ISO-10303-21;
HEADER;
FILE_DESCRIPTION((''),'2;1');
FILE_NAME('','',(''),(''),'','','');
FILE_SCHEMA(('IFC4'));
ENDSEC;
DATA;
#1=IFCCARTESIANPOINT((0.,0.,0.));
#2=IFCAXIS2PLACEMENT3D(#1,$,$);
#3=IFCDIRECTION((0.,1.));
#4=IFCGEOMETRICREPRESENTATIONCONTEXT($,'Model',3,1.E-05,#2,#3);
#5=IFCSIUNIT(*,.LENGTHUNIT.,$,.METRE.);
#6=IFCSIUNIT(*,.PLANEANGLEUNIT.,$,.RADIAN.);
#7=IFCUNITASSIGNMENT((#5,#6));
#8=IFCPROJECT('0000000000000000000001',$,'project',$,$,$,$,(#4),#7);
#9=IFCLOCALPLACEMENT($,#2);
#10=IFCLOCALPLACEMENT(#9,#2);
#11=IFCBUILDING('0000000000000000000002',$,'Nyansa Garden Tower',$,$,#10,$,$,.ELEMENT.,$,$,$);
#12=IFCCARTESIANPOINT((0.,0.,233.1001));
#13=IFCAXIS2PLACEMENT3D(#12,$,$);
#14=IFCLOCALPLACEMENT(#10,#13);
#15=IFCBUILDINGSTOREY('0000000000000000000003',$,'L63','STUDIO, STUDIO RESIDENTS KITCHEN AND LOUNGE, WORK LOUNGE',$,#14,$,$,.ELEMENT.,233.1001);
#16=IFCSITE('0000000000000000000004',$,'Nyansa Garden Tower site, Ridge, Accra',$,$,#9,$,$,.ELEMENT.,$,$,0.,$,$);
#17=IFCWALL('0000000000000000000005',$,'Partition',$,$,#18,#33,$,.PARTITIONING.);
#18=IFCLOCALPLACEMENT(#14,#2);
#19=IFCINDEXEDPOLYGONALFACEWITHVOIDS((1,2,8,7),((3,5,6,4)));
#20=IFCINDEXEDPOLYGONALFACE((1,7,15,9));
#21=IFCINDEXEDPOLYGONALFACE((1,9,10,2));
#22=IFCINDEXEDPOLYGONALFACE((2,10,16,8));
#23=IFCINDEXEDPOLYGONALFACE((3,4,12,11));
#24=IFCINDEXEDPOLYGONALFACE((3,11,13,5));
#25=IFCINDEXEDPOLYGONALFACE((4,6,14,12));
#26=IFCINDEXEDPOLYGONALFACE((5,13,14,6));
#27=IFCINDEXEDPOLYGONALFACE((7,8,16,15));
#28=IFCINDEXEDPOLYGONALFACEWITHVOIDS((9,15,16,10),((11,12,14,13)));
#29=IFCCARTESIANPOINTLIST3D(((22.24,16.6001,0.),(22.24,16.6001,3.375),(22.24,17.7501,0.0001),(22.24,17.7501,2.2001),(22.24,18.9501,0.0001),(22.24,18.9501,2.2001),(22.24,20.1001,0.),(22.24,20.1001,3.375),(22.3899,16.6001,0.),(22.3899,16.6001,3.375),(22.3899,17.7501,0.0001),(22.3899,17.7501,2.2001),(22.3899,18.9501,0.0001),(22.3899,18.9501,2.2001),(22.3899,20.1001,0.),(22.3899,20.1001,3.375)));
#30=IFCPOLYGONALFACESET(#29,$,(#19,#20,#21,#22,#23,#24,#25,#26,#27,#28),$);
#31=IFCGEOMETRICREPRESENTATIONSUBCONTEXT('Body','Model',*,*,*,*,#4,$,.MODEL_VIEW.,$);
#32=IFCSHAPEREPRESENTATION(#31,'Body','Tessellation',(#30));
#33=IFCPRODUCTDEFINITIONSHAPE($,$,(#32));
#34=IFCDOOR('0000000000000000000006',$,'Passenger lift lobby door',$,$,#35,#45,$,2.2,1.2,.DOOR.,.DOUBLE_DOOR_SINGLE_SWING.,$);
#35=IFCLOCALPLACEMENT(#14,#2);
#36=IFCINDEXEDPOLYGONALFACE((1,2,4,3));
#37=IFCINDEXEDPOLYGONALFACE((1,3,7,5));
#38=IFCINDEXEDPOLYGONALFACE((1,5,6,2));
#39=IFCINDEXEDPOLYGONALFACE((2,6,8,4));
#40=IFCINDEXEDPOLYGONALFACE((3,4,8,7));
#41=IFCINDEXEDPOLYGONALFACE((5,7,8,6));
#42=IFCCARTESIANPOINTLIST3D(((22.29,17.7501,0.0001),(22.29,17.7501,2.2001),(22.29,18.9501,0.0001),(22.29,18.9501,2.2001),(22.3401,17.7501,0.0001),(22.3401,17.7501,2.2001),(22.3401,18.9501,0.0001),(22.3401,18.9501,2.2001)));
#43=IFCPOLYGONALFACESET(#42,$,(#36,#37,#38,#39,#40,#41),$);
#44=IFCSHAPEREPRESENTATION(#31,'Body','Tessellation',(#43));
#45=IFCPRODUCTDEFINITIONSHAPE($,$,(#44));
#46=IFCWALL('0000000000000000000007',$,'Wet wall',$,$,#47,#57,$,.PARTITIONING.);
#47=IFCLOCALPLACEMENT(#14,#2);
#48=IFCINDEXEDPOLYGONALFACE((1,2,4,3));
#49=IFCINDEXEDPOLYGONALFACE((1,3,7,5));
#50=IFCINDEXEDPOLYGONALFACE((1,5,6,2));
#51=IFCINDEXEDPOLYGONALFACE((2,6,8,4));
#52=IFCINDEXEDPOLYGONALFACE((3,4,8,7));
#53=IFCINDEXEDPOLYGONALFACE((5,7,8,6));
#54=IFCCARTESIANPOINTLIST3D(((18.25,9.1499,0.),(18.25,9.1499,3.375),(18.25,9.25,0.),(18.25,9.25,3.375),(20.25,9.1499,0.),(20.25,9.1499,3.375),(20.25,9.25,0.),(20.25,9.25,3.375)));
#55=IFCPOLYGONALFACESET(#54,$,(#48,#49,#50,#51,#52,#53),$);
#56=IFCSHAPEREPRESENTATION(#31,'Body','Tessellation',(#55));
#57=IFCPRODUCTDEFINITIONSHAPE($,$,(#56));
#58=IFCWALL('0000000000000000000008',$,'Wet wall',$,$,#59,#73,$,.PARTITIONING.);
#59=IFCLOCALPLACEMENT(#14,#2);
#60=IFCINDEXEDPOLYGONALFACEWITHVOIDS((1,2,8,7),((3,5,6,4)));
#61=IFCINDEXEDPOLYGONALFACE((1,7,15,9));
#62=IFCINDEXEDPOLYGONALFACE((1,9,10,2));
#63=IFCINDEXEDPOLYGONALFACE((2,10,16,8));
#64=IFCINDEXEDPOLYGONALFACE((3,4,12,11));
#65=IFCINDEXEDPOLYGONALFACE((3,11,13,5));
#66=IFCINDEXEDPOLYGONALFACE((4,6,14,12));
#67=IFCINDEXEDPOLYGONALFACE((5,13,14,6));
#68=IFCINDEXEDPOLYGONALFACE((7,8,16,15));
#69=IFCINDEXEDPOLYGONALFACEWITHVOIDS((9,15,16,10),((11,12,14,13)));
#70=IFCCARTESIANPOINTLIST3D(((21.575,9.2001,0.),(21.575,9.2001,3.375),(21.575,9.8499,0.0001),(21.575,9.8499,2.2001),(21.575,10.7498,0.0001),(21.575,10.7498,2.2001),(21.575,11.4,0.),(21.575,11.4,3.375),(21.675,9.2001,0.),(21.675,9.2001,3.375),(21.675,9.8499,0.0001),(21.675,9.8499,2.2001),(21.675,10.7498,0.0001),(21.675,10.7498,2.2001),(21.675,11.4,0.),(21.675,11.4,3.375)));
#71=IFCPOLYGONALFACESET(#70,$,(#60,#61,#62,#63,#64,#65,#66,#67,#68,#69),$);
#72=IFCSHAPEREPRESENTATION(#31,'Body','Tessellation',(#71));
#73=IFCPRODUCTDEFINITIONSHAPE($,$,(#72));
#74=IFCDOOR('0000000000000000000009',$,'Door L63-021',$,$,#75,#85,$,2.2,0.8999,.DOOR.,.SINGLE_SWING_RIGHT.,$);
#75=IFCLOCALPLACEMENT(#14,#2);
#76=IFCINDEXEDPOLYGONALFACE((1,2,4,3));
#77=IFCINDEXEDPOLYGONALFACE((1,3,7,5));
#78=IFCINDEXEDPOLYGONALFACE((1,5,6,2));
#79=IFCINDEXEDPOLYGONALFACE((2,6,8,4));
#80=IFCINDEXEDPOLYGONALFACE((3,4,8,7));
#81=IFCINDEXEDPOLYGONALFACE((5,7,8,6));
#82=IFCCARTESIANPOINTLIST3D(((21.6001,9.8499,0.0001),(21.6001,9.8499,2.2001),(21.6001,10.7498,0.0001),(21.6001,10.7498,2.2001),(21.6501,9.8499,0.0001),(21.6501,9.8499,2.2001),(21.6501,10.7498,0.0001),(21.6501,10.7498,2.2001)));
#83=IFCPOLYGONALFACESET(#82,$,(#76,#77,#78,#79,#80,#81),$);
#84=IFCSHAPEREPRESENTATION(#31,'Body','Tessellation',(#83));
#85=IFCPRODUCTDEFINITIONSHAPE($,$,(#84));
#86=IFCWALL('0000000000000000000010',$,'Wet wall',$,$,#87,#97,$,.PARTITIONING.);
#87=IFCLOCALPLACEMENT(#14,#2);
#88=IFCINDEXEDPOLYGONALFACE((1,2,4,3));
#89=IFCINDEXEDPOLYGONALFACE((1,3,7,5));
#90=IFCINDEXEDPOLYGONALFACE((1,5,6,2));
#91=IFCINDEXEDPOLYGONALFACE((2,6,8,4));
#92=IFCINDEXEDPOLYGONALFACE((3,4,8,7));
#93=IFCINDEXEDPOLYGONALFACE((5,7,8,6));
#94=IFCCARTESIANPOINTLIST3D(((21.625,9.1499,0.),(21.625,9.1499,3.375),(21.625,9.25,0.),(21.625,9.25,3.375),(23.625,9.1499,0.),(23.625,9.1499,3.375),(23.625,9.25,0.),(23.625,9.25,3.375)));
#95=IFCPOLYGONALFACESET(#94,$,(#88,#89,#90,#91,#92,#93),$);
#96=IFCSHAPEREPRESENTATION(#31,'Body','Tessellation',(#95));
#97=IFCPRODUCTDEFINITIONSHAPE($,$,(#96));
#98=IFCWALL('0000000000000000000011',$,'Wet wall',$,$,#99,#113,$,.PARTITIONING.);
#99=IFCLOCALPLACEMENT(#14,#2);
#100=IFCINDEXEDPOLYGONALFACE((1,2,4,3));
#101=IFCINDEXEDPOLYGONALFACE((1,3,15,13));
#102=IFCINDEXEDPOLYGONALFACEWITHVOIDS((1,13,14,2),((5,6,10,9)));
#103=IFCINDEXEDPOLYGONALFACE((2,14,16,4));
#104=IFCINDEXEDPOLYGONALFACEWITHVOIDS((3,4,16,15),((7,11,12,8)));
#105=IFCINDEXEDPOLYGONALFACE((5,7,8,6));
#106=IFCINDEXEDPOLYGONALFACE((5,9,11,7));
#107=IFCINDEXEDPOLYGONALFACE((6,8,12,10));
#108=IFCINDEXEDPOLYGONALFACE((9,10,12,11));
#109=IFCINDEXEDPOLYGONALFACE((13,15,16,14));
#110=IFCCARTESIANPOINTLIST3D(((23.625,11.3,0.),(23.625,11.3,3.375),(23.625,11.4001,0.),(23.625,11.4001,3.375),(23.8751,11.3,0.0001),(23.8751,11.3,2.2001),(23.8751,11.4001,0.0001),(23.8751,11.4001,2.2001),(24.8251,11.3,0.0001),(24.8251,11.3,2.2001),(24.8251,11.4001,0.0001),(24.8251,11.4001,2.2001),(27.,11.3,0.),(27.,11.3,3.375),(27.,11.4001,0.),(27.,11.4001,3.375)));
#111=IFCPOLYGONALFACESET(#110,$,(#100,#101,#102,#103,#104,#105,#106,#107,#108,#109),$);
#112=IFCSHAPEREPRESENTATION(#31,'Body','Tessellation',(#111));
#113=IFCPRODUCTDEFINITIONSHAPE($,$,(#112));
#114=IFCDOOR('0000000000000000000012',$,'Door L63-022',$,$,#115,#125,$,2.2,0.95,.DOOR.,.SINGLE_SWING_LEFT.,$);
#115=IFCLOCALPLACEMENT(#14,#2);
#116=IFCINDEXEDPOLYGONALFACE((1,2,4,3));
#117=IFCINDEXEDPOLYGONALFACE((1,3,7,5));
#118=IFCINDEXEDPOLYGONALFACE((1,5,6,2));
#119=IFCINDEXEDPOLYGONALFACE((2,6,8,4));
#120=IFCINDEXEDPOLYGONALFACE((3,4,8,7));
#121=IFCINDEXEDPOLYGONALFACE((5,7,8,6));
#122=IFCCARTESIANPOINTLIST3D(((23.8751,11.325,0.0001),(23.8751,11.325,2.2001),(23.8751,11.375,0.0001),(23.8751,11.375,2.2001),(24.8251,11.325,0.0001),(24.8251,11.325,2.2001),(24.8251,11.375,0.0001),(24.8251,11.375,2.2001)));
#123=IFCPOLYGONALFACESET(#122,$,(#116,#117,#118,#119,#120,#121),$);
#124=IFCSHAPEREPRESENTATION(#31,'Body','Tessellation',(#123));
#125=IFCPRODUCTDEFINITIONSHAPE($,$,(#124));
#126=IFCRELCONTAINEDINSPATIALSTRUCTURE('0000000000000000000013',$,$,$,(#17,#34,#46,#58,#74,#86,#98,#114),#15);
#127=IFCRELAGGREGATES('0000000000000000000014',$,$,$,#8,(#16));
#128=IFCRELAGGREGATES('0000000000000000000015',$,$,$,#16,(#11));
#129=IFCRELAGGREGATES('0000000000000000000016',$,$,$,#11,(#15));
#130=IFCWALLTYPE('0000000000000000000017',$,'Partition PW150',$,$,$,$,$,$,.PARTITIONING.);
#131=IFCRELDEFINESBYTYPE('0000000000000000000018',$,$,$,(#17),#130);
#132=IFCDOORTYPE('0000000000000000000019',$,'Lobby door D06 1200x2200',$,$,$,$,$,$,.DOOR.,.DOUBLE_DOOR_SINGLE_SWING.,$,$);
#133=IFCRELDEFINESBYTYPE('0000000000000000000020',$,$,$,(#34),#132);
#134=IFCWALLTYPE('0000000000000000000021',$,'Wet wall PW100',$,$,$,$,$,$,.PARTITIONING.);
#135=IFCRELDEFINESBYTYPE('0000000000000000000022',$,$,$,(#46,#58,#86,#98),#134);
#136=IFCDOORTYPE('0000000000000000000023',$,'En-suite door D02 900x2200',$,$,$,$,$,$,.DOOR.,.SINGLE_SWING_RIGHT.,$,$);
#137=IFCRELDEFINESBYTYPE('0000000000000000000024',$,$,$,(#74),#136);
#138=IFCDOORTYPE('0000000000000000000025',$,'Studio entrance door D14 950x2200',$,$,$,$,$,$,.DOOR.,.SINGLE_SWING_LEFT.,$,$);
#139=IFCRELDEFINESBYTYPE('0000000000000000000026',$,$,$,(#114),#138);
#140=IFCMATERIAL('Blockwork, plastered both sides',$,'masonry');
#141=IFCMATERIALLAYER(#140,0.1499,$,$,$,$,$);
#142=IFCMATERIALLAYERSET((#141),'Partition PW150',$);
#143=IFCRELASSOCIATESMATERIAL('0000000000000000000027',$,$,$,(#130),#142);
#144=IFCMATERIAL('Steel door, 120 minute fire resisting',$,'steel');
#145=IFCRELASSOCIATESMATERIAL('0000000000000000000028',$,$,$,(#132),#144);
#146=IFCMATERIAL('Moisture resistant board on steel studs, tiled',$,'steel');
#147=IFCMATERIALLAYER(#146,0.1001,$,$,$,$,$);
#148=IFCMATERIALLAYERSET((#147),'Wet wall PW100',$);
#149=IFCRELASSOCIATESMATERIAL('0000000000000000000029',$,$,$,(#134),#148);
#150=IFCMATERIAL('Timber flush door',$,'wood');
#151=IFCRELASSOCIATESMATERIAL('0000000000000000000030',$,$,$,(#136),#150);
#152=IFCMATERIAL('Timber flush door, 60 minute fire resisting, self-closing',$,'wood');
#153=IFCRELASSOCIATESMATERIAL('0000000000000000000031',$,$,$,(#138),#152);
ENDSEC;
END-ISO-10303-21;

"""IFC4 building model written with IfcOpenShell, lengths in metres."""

from ifc_helpers import new_model, si_unit, direction, frame, frame_2d, origin, place, context, subcontext, project, spatial, rectangle, extrude, material, layer, layer_set, type_object, element, fill, save


model = new_model("IFC4")

# Units and contexts
model_context = context("Model", 3, precision=1e-05, world=origin(), true_north=direction((0.0, 1.0)))
body_context = subcontext(model_context, "Body", "Model", "MODEL_VIEW")
ifc_project = project(units=[si_unit("LENGTHUNIT", "METRE"), si_unit("PLANEANGLEUNIT", "RADIAN")], contexts=[model_context])

# Site, building, storey
site_placement = place(None, origin())
site = spatial("IfcSite", under=ifc_project, at=site_placement, Name="Nyansa Garden Tower site, Ridge, Accra", CompositionType="ELEMENT", RefElevation=0.0)
building_placement = place(site_placement, origin())
building = spatial("IfcBuilding", under=site, at=building_placement, Name="Nyansa Garden Tower", CompositionType="ELEMENT")
storey_placement = place(building_placement, frame((0.0, 0.0, 233.1001)))
storey = spatial("IfcBuildingStorey", under=building, at=storey_placement, Name="L63", Description="STUDIO, STUDIO RESIDENTS KITCHEN AND LOUNGE, WORK LOUNGE", CompositionType="ELEMENT", Elevation=233.1001)

# Wall, opening, door
ifc_material_1 = material(Name="Blockwork, plastered both sides", Category="masonry")
ifc_layer_1 = layer(ifc_material_1, 0.1499)
ifc_layer_set_1 = layer_set([ifc_layer_1], Name="Partition PW150")
wall_type_1 = type_object("IfcWallType", Name="Partition PW150", PredefinedType="PARTITIONING", material=ifc_layer_set_1)
ifc_material_2 = material(Name="Steel door, 120 minute fire resisting", Category="steel")
door_type_1 = type_object("IfcDoorType", Name="Lobby door D06 1200x2200", OperationType="DOUBLE_DOOR_SINGLE_SWING", PredefinedType="DOOR", material=ifc_material_2)
wall_1_placement = place(storey_placement, frame((22.3149, 16.6001, 0.0), z_axis=(0.0, 0.0, 1.0), x_axis=(0.0, 1.0, 0.0)))
wall_1 = element("IfcWall", 1, at=wall_1_placement, inside=storey, type_object=wall_type_1, Name="Partition", PredefinedType="PARTITIONING", context=body_context, shape_type="SweptSolid", body=[
    extrude(rectangle(XDim=3.5, YDim=0.1499, at=frame_2d((1.75, 0.0))), origin(), (0.0, 0.0, 1.0), 3.375),
])
opening_1_placement = place(wall_1_placement, frame((1.1499, 0.0, 0.0)))
opening_1 = element("IfcOpeningElement", 2, at=opening_1_placement, cuts=wall_1, PredefinedType="OPENING", context=body_context, shape_type="SweptSolid", body=[
    extrude(rectangle(XDim=1.2, YDim=2.2, at=frame_2d((0.6001, 1.1001))), frame((0.0, 0.085, 0.0), z_axis=(0.0, -1.0, 0.0), x_axis=(1.0, 0.0, 0.0)), (0.0, 0.0, 1.0), 0.1699),
])
door_1_placement = place(opening_1_placement, origin())
door_1 = element("IfcDoor", 3, at=door_1_placement, inside=storey, type_object=door_type_1, Name="Passenger lift lobby door", OperationType="DOUBLE_DOOR_SINGLE_SWING", OverallHeight=2.2, OverallWidth=1.2, PredefinedType="DOOR", context=body_context, shape_type="SweptSolid", body=[
    extrude(rectangle(XDim=1.2, YDim=2.2, at=frame_2d((0.6001, 1.1001))), frame((0.0, 0.0249, 0.0), z_axis=(0.0, -1.0, 0.0), x_axis=(1.0, 0.0, 0.0)), (0.0, 0.0, 1.0), 0.05),
])
fill(opening_1, door_1)

# Wall
ifc_material_3 = material(Name="Moisture resistant board on steel studs, tiled", Category="steel")
ifc_layer_2 = layer(ifc_material_3, 0.1001)
ifc_layer_set_2 = layer_set([ifc_layer_2], Name="Wet wall PW100")
wall_type_2 = type_object("IfcWallType", Name="Wet wall PW100", PredefinedType="PARTITIONING", material=ifc_layer_set_2)
wall_2_placement = place(storey_placement, frame((18.25, 9.2, 0.0), z_axis=(0.0, 0.0, 1.0), x_axis=(1.0, 0.0, 0.0)))
element("IfcWall", 4, at=wall_2_placement, inside=storey, type_object=wall_type_2, Name="Wet wall", PredefinedType="PARTITIONING", context=body_context, shape_type="SweptSolid", body=[
    extrude(rectangle(XDim=2.0, YDim=0.1001, at=frame_2d((1.0, 0.0))), origin(), (0.0, 0.0, 1.0), 3.375),
])

# Wall, opening, door
wall_3_placement = place(storey_placement, frame((21.625, 9.2, 0.0), z_axis=(0.0, 0.0, 1.0), x_axis=(0.0, 1.0, 0.0)))
wall_3 = element("IfcWall", 5, at=wall_3_placement, inside=storey, type_object=wall_type_2, Name="Wet wall", PredefinedType="PARTITIONING", context=body_context, shape_type="SweptSolid", body=[
    extrude(rectangle(XDim=2.2, YDim=0.1001, at=frame_2d((1.1001, 0.0))), origin(), (0.0, 0.0, 1.0), 3.375),
])
opening_2_placement = place(wall_3_placement, frame((0.6499, 0.0, 0.0)))
opening_2 = element("IfcOpeningElement", 6, at=opening_2_placement, cuts=wall_3, PredefinedType="OPENING", context=body_context, shape_type="SweptSolid", body=[
    extrude(rectangle(XDim=0.8999, YDim=2.2, at=frame_2d((0.45, 1.1001))), frame((0.0, 0.0601, 0.0), z_axis=(0.0, -1.0, 0.0), x_axis=(1.0, 0.0, 0.0)), (0.0, 0.0, 1.0), 0.1201),
])
ifc_material_4 = material(Name="Timber flush door", Category="wood")
door_type_2 = type_object("IfcDoorType", Name="En-suite door D02 900x2200", OperationType="SINGLE_SWING_RIGHT", PredefinedType="DOOR", material=ifc_material_4)
door_2_placement = place(opening_2_placement, origin())
door_2 = element("IfcDoor", 7, at=door_2_placement, inside=storey, type_object=door_type_2, Name="Door L63-021", OperationType="SINGLE_SWING_RIGHT", OverallHeight=2.2, OverallWidth=0.8999, PredefinedType="DOOR", context=body_context, shape_type="SweptSolid", body=[
    extrude(rectangle(XDim=0.8999, YDim=2.2, at=frame_2d((0.45, 1.1001))), frame((0.0, 0.0249, 0.0), z_axis=(0.0, -1.0, 0.0), x_axis=(1.0, 0.0, 0.0)), (0.0, 0.0, 1.0), 0.05),
])
fill(opening_2, door_2)

# Wall
wall_4_placement = place(storey_placement, frame((21.625, 9.2, 0.0), z_axis=(0.0, 0.0, 1.0), x_axis=(1.0, 0.0, 0.0)))
element("IfcWall", 8, at=wall_4_placement, inside=storey, type_object=wall_type_2, Name="Wet wall", PredefinedType="PARTITIONING", context=body_context, shape_type="SweptSolid", body=[
    extrude(rectangle(XDim=2.0, YDim=0.1001, at=frame_2d((1.0, 0.0))), origin(), (0.0, 0.0, 1.0), 3.375),
])

# Wall, opening, door
wall_5_placement = place(storey_placement, frame((23.625, 11.3501, 0.0), z_axis=(0.0, 0.0, 1.0), x_axis=(1.0, 0.0, 0.0)))
wall_5 = element("IfcWall", 9, at=wall_5_placement, inside=storey, type_object=wall_type_2, Name="Wet wall", PredefinedType="PARTITIONING", context=body_context, shape_type="SweptSolid", body=[
    extrude(rectangle(XDim=3.375, YDim=0.1001, at=frame_2d((1.6875, 0.0))), origin(), (0.0, 0.0, 1.0), 3.375),
])
opening_3_placement = place(wall_5_placement, frame((0.25, 0.0, 0.0)))
opening_3 = element("IfcOpeningElement", 10, at=opening_3_placement, cuts=wall_5, PredefinedType="OPENING", context=body_context, shape_type="SweptSolid", body=[
    extrude(rectangle(XDim=0.95, YDim=2.2, at=frame_2d((0.4751, 1.1001))), frame((0.0, 0.0601, 0.0), z_axis=(0.0, -1.0, 0.0), x_axis=(1.0, 0.0, 0.0)), (0.0, 0.0, 1.0), 0.1201),
])
ifc_material_5 = material(Name="Timber flush door, 60 minute fire resisting, self-closing", Category="wood")
door_type_3 = type_object("IfcDoorType", Name="Studio entrance door D14 950x2200", OperationType="SINGLE_SWING_LEFT", PredefinedType="DOOR", material=ifc_material_5)
door_3_placement = place(opening_3_placement, origin())
door_3 = element("IfcDoor", 11, at=door_3_placement, inside=storey, type_object=door_type_3, Name="Door L63-022", OperationType="SINGLE_SWING_LEFT", OverallHeight=2.2, OverallWidth=0.95, PredefinedType="DOOR", context=body_context, shape_type="SweptSolid", body=[
    extrude(rectangle(XDim=0.95, YDim=2.2, at=frame_2d((0.4751, 1.1001))), frame((0.0, 0.0249, 0.0), z_axis=(0.0, -1.0, 0.0), x_axis=(1.0, 0.0, 0.0)), (0.0, 0.0, 1.0), 0.05),
])
fill(opening_3, door_3)

save(model, "model.ifc")
